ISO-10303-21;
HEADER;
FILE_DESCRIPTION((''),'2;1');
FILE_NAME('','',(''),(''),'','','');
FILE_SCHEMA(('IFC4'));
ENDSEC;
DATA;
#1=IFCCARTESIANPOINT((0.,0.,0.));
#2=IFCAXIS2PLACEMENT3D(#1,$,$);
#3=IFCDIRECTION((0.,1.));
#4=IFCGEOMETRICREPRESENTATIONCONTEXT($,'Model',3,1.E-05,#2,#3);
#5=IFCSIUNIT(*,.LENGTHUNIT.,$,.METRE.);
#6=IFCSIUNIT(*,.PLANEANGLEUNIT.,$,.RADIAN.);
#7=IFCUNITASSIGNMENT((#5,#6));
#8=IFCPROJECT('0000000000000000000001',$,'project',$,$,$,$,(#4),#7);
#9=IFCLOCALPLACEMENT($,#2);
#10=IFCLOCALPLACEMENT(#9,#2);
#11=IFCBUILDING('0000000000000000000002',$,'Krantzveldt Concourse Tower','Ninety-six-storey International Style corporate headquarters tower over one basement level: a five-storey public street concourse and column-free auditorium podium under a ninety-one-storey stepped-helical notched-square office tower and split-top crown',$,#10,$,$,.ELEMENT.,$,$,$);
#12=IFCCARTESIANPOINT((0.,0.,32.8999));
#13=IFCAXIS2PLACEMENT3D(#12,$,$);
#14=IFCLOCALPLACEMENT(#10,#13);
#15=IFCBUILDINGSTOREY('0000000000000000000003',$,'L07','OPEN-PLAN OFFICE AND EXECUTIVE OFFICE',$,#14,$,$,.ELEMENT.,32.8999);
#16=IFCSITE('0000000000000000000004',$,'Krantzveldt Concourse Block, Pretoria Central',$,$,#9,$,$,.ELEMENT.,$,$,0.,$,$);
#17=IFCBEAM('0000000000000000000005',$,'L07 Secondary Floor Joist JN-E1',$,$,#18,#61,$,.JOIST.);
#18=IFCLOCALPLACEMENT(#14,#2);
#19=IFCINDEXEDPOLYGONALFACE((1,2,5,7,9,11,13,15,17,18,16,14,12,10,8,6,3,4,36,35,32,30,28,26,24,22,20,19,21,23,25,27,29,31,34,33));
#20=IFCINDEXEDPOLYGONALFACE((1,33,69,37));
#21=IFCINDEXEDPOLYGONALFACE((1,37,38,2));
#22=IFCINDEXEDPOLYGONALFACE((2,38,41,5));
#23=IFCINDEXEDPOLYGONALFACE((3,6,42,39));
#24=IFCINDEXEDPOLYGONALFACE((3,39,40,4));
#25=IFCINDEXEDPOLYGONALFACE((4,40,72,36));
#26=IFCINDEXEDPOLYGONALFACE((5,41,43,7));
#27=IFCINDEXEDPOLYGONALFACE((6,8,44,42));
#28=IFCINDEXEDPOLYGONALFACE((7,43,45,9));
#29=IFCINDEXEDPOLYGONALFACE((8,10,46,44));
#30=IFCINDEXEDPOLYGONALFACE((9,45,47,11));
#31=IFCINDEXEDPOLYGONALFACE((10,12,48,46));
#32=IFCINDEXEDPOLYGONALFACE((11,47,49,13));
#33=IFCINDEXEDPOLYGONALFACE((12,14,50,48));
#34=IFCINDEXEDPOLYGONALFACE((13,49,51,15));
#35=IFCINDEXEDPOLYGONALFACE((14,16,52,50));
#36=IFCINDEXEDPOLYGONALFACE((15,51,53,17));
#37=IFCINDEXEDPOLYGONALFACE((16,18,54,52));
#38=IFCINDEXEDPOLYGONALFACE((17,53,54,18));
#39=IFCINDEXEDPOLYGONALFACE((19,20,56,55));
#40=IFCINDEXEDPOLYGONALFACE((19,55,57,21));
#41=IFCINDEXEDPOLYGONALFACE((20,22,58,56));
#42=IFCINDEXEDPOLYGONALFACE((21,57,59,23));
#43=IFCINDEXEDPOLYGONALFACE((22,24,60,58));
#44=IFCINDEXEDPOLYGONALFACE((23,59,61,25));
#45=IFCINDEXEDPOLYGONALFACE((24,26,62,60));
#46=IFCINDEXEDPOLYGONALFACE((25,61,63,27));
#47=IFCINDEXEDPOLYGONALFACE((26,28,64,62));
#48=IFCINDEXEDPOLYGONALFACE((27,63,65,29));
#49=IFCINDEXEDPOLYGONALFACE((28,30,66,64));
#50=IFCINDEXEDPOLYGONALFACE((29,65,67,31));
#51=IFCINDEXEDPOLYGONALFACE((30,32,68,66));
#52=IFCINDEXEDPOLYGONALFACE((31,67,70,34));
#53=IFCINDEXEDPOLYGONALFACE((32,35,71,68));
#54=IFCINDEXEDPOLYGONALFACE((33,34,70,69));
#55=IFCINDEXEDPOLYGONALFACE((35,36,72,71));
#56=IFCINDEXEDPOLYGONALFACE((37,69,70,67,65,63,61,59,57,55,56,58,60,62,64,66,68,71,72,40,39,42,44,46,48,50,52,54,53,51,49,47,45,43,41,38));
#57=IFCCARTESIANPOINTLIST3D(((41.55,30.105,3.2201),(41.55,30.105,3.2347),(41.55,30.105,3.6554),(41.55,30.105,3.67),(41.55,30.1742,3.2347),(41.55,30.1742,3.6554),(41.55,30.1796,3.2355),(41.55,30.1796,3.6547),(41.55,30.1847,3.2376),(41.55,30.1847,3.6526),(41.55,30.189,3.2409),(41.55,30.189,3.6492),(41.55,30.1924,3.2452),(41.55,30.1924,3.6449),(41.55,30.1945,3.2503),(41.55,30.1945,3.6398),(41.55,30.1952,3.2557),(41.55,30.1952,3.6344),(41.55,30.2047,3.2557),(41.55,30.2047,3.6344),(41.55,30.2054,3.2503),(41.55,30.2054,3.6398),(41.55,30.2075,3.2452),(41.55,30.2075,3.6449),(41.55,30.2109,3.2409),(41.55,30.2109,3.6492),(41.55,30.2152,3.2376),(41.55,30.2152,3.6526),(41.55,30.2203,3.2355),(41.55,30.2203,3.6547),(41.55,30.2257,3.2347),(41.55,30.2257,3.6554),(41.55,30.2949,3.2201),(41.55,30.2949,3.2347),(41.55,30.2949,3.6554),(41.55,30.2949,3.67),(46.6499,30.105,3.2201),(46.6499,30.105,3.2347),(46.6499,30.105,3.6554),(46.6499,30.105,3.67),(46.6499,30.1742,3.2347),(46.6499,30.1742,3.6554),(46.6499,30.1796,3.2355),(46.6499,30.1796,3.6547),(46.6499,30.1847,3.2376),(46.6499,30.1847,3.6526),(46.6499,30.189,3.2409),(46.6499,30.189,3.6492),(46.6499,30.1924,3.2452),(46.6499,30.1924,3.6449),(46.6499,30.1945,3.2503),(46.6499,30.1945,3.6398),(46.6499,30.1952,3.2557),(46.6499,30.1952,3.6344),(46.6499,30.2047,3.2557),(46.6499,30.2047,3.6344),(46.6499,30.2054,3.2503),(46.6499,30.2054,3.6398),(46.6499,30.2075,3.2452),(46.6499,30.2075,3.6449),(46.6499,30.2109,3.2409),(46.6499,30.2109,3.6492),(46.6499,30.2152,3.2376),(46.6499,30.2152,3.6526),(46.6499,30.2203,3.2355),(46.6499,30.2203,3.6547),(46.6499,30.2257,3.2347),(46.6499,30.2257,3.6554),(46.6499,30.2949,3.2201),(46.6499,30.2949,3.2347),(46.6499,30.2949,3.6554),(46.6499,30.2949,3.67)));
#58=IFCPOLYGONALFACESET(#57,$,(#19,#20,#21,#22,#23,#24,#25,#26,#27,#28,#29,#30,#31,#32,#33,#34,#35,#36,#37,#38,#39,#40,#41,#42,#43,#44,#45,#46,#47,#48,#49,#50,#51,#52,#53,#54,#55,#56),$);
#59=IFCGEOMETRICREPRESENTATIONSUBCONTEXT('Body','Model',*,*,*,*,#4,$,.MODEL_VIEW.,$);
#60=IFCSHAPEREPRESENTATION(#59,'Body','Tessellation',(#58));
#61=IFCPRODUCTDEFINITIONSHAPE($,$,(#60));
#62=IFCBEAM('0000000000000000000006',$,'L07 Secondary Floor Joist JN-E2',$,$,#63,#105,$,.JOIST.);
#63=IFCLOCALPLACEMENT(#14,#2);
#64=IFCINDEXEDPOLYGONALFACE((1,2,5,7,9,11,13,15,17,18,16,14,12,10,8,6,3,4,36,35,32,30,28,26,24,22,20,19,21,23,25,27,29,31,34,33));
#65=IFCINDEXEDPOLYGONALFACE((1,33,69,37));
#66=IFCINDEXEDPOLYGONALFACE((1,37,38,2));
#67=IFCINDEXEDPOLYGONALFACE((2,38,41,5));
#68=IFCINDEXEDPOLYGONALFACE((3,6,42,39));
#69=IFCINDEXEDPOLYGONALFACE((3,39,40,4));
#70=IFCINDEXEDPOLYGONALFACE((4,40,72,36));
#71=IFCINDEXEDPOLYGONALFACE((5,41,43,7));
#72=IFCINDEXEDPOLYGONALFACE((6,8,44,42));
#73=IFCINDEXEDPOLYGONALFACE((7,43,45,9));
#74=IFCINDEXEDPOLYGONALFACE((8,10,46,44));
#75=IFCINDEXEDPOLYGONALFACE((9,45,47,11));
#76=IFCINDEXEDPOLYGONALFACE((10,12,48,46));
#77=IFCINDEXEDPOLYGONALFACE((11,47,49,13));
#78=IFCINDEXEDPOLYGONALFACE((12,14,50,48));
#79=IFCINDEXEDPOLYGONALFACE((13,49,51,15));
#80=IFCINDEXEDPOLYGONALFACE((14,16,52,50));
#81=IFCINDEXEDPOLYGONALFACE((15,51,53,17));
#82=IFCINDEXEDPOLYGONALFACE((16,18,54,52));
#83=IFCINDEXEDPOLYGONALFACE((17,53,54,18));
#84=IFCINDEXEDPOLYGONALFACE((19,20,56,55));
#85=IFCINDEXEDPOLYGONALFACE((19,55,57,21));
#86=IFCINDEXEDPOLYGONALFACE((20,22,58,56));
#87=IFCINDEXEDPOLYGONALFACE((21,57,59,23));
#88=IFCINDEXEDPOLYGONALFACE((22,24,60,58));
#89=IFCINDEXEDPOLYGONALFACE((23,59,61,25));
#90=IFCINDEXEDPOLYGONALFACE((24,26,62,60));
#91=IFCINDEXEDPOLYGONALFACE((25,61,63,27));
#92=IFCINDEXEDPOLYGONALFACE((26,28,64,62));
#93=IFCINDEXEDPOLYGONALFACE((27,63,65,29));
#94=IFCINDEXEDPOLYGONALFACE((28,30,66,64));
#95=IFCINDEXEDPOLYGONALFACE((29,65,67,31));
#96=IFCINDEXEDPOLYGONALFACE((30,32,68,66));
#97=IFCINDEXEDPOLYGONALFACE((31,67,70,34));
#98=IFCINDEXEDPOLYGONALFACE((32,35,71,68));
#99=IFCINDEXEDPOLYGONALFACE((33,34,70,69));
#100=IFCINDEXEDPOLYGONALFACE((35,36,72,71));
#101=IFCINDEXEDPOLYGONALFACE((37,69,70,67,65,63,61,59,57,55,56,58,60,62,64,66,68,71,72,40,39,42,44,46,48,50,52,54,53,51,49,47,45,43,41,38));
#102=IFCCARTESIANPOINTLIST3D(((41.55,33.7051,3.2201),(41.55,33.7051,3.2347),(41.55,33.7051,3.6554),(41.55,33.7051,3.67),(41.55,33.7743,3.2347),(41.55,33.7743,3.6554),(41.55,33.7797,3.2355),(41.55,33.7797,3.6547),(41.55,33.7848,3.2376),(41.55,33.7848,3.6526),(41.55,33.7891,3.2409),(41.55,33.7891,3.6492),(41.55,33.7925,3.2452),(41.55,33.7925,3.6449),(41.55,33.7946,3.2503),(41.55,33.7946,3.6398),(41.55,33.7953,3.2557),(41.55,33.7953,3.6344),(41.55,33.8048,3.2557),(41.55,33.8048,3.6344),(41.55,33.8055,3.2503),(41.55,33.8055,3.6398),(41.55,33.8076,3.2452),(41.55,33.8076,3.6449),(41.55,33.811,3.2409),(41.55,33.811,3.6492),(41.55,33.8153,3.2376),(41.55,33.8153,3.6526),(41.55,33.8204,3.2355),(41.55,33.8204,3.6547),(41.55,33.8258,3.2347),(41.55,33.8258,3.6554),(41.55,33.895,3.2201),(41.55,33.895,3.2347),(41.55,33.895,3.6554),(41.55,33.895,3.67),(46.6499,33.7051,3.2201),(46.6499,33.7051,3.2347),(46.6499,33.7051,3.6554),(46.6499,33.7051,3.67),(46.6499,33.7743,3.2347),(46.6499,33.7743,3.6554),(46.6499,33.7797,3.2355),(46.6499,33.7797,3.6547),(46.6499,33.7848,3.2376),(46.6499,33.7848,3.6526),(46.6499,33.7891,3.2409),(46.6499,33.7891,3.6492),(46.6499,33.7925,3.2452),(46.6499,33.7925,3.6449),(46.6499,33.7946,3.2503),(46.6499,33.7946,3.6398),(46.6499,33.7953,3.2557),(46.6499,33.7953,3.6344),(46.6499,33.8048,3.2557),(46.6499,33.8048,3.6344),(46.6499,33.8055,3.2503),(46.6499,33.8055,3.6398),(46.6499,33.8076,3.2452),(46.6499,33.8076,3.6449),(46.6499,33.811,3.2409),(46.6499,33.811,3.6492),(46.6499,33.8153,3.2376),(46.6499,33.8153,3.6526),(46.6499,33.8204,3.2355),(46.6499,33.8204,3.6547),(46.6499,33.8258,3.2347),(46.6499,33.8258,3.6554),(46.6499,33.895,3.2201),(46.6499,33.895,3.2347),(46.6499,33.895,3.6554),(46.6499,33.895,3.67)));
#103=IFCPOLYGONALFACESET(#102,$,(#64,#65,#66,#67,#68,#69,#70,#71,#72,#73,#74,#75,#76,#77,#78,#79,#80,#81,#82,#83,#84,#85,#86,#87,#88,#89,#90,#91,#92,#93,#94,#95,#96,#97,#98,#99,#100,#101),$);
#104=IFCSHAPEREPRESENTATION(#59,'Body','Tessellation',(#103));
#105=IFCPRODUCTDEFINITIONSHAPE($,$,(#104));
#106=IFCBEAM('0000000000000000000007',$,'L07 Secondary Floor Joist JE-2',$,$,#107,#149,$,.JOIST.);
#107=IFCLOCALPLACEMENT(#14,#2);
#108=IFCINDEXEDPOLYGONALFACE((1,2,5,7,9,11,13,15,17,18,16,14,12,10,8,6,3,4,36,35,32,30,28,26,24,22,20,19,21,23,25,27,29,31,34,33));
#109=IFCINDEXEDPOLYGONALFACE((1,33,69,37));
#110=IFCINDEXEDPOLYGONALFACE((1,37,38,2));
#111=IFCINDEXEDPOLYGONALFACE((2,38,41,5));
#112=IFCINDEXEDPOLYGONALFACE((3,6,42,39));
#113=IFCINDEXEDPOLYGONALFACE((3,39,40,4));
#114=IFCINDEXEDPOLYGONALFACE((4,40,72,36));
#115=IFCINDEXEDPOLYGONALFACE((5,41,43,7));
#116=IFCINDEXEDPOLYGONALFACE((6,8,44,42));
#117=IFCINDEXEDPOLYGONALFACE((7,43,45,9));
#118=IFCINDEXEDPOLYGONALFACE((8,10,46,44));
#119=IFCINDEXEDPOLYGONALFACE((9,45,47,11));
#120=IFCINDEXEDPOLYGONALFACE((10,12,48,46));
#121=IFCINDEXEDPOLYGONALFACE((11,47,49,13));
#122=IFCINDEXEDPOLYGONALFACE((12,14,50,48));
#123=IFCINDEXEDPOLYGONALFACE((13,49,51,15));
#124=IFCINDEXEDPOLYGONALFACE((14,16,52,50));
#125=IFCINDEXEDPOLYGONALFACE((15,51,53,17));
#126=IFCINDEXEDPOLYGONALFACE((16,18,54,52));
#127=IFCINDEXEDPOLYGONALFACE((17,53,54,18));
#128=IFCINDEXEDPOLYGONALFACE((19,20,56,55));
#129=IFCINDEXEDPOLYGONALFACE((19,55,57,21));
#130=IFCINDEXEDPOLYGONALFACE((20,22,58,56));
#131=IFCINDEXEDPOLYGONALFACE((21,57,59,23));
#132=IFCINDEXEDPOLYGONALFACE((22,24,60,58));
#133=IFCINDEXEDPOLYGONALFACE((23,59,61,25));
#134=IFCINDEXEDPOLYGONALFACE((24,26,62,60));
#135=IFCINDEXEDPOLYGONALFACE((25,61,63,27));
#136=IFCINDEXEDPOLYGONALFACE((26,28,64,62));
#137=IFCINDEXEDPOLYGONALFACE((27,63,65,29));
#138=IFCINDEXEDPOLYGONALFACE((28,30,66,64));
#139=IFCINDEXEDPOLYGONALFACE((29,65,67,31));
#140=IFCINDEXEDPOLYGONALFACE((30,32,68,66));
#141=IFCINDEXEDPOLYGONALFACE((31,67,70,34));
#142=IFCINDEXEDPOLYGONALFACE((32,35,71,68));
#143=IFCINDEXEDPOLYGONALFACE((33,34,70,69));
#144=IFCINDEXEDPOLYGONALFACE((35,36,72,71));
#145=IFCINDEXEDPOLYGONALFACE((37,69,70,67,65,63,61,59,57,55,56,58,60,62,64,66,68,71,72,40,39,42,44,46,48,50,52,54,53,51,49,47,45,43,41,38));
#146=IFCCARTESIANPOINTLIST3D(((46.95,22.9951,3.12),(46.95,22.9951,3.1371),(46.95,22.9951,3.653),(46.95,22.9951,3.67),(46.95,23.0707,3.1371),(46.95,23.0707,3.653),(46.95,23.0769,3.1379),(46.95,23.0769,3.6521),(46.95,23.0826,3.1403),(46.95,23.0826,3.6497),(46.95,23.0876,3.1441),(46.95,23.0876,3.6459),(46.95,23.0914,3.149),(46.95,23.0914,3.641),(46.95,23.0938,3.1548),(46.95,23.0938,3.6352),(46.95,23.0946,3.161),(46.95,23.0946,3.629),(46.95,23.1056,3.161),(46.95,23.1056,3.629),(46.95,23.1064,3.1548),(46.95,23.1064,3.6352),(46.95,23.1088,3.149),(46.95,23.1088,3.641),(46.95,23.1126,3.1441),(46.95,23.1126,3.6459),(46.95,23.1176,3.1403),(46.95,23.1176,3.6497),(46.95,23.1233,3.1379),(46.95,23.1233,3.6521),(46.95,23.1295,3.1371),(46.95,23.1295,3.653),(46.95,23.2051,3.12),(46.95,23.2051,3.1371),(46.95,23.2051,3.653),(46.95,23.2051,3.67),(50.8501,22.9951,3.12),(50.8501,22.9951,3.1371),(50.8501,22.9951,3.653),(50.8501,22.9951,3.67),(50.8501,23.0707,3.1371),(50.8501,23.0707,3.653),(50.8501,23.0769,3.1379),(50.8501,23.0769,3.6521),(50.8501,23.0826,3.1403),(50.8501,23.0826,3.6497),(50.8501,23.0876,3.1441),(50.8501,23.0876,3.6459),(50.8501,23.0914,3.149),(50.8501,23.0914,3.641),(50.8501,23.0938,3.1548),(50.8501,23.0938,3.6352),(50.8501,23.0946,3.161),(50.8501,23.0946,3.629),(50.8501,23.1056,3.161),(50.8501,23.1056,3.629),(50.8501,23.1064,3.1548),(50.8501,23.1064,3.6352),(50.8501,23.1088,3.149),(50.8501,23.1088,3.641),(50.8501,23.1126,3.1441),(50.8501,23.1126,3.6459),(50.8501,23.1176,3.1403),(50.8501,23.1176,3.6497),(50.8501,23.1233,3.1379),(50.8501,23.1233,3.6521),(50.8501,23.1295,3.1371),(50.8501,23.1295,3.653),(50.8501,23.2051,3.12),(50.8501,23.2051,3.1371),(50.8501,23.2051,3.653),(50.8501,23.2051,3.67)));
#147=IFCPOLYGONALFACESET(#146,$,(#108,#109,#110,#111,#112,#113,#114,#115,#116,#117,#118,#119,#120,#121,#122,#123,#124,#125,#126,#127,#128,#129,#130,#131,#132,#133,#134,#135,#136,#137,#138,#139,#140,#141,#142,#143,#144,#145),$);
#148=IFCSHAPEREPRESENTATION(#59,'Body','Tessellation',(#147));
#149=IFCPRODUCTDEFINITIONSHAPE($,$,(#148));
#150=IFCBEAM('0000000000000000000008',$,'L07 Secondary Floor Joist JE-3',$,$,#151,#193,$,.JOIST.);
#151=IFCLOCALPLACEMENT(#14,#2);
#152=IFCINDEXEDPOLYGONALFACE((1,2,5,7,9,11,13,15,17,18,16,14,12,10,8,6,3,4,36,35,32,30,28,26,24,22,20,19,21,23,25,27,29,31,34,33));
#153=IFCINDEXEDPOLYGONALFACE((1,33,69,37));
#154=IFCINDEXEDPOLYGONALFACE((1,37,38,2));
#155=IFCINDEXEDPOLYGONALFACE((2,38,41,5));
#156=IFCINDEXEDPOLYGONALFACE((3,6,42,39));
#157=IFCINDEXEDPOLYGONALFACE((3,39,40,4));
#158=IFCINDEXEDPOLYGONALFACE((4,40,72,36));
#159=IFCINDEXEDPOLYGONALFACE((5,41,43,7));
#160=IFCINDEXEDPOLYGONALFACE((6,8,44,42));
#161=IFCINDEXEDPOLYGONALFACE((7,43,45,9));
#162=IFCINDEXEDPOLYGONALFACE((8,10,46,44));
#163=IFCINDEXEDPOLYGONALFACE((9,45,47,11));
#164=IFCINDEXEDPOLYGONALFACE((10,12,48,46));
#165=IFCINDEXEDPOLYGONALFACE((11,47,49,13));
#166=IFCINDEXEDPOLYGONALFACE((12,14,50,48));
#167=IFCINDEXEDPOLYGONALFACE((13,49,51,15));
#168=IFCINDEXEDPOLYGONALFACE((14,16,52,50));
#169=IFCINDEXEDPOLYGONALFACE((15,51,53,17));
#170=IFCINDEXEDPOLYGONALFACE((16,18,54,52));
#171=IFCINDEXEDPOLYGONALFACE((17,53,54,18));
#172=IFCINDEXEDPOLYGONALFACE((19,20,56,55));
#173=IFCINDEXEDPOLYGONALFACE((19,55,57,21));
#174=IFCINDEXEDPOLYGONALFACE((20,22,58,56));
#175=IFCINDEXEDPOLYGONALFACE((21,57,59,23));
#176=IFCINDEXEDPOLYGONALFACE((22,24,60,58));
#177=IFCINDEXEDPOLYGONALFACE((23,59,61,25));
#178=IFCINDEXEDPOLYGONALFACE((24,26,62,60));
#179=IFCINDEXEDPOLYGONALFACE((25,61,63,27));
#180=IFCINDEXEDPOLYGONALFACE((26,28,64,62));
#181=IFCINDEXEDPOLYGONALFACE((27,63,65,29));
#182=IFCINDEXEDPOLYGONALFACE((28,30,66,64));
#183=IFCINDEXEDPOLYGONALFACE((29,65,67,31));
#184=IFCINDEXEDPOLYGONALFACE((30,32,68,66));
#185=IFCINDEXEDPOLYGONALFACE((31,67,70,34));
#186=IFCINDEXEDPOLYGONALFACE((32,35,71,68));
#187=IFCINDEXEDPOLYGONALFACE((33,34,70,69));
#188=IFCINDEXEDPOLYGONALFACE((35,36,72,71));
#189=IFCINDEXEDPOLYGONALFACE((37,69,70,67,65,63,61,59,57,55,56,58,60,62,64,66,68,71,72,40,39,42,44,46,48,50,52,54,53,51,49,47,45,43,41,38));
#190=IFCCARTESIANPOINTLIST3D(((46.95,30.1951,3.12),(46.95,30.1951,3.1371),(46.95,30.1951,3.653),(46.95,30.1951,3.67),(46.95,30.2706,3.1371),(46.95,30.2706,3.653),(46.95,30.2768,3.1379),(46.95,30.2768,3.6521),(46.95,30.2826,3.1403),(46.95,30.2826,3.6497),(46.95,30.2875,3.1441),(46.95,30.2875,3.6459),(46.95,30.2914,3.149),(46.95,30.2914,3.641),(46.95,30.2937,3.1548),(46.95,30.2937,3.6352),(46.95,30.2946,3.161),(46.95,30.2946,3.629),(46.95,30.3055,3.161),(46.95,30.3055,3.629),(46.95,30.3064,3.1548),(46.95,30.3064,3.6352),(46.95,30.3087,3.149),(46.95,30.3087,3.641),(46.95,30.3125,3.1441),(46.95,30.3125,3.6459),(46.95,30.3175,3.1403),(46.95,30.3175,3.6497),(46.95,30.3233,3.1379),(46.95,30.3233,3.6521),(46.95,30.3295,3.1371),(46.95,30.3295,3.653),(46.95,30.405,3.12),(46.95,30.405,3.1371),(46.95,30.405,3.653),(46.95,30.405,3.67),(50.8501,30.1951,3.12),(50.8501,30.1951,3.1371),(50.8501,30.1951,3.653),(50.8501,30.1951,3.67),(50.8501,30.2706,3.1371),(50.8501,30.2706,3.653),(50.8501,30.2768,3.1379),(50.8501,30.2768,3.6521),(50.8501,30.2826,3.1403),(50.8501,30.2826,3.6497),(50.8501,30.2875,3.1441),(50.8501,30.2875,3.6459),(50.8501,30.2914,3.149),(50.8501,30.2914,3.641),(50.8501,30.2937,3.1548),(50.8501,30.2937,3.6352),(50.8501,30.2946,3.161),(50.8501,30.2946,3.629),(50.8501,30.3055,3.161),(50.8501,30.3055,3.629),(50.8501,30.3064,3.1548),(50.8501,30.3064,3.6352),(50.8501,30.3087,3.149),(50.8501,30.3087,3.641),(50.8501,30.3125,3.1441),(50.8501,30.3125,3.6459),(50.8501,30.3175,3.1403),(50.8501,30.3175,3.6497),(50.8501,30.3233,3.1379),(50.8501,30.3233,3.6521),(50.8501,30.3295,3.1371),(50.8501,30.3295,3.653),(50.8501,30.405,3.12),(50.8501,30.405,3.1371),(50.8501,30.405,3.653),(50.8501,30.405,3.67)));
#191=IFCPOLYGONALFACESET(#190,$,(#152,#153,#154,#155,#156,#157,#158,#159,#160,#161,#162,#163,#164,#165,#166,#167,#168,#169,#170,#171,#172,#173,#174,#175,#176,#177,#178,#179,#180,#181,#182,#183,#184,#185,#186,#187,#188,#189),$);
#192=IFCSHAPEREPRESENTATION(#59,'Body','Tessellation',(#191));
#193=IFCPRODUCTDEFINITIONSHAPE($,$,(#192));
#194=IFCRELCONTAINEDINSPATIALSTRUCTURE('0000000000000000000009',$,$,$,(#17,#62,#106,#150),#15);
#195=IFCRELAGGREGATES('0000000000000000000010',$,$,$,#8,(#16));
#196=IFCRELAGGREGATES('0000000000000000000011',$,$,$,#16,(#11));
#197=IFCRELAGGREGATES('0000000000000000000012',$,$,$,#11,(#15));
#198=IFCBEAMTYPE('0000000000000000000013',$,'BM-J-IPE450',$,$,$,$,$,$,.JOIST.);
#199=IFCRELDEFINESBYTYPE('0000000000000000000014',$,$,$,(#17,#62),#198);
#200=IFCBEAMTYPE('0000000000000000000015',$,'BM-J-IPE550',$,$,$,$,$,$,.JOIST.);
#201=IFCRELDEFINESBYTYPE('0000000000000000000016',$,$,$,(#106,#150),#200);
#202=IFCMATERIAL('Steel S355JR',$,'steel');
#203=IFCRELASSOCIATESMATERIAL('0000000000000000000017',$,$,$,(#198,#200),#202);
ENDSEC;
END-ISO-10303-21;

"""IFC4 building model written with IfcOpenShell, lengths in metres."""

from ifc_helpers import new_model, si_unit, direction, frame, origin, origin_2d, place, context, subcontext, project, spatial, i_section, extrude, source, transform, mapped, material, material_profile, profile_set, type_object, type_shapes, element, save


model = new_model("IFC4")

# Units and contexts
model_context = context("Model", 3, precision=1e-05, world=origin(), true_north=direction((0.0, 1.0)))
body_context = subcontext(model_context, "Body", "Model", "MODEL_VIEW")
ifc_project = project(units=[si_unit("LENGTHUNIT", "METRE"), si_unit("PLANEANGLEUNIT", "RADIAN")], contexts=[model_context])

# Site, building, storey
site_placement = place(None, origin())
site = spatial("IfcSite", under=ifc_project, at=site_placement, Name="Krantzveldt Concourse Block, Pretoria Central", CompositionType="ELEMENT", RefElevation=0.0)
building_placement = place(site_placement, origin())
building = spatial("IfcBuilding", under=site, at=building_placement, Name="Krantzveldt Concourse Tower", Description="Ninety-six-storey International Style corporate headquarters tower over one basement level: a five-storey public street concourse and column-free auditorium podium under a ninety-one-storey stepped-helical notched-square office tower and split-top crown", CompositionType="ELEMENT")
storey_placement = place(building_placement, frame((0.0, 0.0, 32.8999)))
storey = spatial("IfcBuildingStorey", under=building, at=storey_placement, Name="L07", Description="OPEN-PLAN OFFICE AND EXECUTIVE OFFICE", CompositionType="ELEMENT", Elevation=32.8999)

# Beams
ifc_material_1 = material(Name="Steel S355JR", Category="steel")
ifc_material_profile_1 = material_profile(ifc_material_1, i_section(OverallWidth=0.1899, OverallDepth=0.45, WebThickness=0.0095, FlangeThickness=0.0146, FilletRadius=0.021, at=origin_2d()), Name="Steel S355JR", Category="steel")
ifc_profile_set_1 = profile_set([ifc_material_profile_1], Name="Steel S355JR - IPE 450")
beam_type_1 = type_object("IfcBeamType", Name="BM-J-IPE450", PredefinedType="JOIST", material=ifc_profile_set_1)
shared_shape_1 = source(origin(), body_context, "Body", "SweptSolid", [
    extrude(i_section(OverallWidth=0.1899, OverallDepth=0.45, WebThickness=0.0095, FlangeThickness=0.0146, FilletRadius=0.021, at=origin_2d()), origin(), (0.0, 0.0, 1.0), 5.0999),
])
type_shapes(beam_type_1, [shared_shape_1])
for number, where, z_axis, x_axis, name in (
    (1, (41.55, 30.2, 3.4451), (1.0, 0.0, 0.0), (0.0, 1.0, 0.0), "L07 Secondary Floor Joist JN-E1"),
    (2, (41.55, 33.8, 3.4451), (1.0, 0.0, 0.0), (0.0, 1.0, 0.0), "L07 Secondary Floor Joist JN-E2"),
):
    element("IfcBeam", number, at=place(storey_placement, frame(where, z_axis=z_axis, x_axis=x_axis)), inside=storey, type_object=beam_type_1, Name=name, PredefinedType="JOIST", context=body_context, shape_type="MappedRepresentation", body=[
        mapped(shared_shape_1, transform((0.0, 0.0, 0.0), x_axis=(1.0, 0.0, 0.0), y_axis=(0.0, 1.0, 0.0), z_axis=(0.0, 0.0, 1.0), scale=1.0)),
    ])
ifc_material_profile_2 = material_profile(ifc_material_1, i_section(OverallWidth=0.21, OverallDepth=0.55, WebThickness=0.011, FlangeThickness=0.0171, FilletRadius=0.0239, at=origin_2d()), Name="Steel S355JR", Category="steel")
ifc_profile_set_2 = profile_set([ifc_material_profile_2], Name="Steel S355JR - IPE 550")
beam_type_2 = type_object("IfcBeamType", Name="BM-J-IPE550", PredefinedType="JOIST", material=ifc_profile_set_2)
shared_shape_2 = source(origin(), body_context, "Body", "SweptSolid", [
    extrude(i_section(OverallWidth=0.21, OverallDepth=0.55, WebThickness=0.011, FlangeThickness=0.0171, FilletRadius=0.0239, at=origin_2d()), origin(), (0.0, 0.0, 1.0), 3.9001),
])
type_shapes(beam_type_2, [shared_shape_2])
for number, where, z_axis, x_axis, name in (
    (3, (46.95, 23.1001, 3.395), (1.0, 0.0, 0.0), (0.0, 1.0, 0.0), "L07 Secondary Floor Joist JE-2"),
    (4, (46.95, 30.3, 3.395), (1.0, 0.0, 0.0), (0.0, 1.0, 0.0), "L07 Secondary Floor Joist JE-3"),
):
    element("IfcBeam", number, at=place(storey_placement, frame(where, z_axis=z_axis, x_axis=x_axis)), inside=storey, type_object=beam_type_2, Name=name, PredefinedType="JOIST", context=body_context, shape_type="MappedRepresentation", body=[
        mapped(shared_shape_2, transform((0.0, 0.0, 0.0), x_axis=(1.0, 0.0, 0.0), y_axis=(0.0, 1.0, 0.0), z_axis=(0.0, 0.0, 1.0), scale=1.0)),
    ])

save(model, "model.ifc")
